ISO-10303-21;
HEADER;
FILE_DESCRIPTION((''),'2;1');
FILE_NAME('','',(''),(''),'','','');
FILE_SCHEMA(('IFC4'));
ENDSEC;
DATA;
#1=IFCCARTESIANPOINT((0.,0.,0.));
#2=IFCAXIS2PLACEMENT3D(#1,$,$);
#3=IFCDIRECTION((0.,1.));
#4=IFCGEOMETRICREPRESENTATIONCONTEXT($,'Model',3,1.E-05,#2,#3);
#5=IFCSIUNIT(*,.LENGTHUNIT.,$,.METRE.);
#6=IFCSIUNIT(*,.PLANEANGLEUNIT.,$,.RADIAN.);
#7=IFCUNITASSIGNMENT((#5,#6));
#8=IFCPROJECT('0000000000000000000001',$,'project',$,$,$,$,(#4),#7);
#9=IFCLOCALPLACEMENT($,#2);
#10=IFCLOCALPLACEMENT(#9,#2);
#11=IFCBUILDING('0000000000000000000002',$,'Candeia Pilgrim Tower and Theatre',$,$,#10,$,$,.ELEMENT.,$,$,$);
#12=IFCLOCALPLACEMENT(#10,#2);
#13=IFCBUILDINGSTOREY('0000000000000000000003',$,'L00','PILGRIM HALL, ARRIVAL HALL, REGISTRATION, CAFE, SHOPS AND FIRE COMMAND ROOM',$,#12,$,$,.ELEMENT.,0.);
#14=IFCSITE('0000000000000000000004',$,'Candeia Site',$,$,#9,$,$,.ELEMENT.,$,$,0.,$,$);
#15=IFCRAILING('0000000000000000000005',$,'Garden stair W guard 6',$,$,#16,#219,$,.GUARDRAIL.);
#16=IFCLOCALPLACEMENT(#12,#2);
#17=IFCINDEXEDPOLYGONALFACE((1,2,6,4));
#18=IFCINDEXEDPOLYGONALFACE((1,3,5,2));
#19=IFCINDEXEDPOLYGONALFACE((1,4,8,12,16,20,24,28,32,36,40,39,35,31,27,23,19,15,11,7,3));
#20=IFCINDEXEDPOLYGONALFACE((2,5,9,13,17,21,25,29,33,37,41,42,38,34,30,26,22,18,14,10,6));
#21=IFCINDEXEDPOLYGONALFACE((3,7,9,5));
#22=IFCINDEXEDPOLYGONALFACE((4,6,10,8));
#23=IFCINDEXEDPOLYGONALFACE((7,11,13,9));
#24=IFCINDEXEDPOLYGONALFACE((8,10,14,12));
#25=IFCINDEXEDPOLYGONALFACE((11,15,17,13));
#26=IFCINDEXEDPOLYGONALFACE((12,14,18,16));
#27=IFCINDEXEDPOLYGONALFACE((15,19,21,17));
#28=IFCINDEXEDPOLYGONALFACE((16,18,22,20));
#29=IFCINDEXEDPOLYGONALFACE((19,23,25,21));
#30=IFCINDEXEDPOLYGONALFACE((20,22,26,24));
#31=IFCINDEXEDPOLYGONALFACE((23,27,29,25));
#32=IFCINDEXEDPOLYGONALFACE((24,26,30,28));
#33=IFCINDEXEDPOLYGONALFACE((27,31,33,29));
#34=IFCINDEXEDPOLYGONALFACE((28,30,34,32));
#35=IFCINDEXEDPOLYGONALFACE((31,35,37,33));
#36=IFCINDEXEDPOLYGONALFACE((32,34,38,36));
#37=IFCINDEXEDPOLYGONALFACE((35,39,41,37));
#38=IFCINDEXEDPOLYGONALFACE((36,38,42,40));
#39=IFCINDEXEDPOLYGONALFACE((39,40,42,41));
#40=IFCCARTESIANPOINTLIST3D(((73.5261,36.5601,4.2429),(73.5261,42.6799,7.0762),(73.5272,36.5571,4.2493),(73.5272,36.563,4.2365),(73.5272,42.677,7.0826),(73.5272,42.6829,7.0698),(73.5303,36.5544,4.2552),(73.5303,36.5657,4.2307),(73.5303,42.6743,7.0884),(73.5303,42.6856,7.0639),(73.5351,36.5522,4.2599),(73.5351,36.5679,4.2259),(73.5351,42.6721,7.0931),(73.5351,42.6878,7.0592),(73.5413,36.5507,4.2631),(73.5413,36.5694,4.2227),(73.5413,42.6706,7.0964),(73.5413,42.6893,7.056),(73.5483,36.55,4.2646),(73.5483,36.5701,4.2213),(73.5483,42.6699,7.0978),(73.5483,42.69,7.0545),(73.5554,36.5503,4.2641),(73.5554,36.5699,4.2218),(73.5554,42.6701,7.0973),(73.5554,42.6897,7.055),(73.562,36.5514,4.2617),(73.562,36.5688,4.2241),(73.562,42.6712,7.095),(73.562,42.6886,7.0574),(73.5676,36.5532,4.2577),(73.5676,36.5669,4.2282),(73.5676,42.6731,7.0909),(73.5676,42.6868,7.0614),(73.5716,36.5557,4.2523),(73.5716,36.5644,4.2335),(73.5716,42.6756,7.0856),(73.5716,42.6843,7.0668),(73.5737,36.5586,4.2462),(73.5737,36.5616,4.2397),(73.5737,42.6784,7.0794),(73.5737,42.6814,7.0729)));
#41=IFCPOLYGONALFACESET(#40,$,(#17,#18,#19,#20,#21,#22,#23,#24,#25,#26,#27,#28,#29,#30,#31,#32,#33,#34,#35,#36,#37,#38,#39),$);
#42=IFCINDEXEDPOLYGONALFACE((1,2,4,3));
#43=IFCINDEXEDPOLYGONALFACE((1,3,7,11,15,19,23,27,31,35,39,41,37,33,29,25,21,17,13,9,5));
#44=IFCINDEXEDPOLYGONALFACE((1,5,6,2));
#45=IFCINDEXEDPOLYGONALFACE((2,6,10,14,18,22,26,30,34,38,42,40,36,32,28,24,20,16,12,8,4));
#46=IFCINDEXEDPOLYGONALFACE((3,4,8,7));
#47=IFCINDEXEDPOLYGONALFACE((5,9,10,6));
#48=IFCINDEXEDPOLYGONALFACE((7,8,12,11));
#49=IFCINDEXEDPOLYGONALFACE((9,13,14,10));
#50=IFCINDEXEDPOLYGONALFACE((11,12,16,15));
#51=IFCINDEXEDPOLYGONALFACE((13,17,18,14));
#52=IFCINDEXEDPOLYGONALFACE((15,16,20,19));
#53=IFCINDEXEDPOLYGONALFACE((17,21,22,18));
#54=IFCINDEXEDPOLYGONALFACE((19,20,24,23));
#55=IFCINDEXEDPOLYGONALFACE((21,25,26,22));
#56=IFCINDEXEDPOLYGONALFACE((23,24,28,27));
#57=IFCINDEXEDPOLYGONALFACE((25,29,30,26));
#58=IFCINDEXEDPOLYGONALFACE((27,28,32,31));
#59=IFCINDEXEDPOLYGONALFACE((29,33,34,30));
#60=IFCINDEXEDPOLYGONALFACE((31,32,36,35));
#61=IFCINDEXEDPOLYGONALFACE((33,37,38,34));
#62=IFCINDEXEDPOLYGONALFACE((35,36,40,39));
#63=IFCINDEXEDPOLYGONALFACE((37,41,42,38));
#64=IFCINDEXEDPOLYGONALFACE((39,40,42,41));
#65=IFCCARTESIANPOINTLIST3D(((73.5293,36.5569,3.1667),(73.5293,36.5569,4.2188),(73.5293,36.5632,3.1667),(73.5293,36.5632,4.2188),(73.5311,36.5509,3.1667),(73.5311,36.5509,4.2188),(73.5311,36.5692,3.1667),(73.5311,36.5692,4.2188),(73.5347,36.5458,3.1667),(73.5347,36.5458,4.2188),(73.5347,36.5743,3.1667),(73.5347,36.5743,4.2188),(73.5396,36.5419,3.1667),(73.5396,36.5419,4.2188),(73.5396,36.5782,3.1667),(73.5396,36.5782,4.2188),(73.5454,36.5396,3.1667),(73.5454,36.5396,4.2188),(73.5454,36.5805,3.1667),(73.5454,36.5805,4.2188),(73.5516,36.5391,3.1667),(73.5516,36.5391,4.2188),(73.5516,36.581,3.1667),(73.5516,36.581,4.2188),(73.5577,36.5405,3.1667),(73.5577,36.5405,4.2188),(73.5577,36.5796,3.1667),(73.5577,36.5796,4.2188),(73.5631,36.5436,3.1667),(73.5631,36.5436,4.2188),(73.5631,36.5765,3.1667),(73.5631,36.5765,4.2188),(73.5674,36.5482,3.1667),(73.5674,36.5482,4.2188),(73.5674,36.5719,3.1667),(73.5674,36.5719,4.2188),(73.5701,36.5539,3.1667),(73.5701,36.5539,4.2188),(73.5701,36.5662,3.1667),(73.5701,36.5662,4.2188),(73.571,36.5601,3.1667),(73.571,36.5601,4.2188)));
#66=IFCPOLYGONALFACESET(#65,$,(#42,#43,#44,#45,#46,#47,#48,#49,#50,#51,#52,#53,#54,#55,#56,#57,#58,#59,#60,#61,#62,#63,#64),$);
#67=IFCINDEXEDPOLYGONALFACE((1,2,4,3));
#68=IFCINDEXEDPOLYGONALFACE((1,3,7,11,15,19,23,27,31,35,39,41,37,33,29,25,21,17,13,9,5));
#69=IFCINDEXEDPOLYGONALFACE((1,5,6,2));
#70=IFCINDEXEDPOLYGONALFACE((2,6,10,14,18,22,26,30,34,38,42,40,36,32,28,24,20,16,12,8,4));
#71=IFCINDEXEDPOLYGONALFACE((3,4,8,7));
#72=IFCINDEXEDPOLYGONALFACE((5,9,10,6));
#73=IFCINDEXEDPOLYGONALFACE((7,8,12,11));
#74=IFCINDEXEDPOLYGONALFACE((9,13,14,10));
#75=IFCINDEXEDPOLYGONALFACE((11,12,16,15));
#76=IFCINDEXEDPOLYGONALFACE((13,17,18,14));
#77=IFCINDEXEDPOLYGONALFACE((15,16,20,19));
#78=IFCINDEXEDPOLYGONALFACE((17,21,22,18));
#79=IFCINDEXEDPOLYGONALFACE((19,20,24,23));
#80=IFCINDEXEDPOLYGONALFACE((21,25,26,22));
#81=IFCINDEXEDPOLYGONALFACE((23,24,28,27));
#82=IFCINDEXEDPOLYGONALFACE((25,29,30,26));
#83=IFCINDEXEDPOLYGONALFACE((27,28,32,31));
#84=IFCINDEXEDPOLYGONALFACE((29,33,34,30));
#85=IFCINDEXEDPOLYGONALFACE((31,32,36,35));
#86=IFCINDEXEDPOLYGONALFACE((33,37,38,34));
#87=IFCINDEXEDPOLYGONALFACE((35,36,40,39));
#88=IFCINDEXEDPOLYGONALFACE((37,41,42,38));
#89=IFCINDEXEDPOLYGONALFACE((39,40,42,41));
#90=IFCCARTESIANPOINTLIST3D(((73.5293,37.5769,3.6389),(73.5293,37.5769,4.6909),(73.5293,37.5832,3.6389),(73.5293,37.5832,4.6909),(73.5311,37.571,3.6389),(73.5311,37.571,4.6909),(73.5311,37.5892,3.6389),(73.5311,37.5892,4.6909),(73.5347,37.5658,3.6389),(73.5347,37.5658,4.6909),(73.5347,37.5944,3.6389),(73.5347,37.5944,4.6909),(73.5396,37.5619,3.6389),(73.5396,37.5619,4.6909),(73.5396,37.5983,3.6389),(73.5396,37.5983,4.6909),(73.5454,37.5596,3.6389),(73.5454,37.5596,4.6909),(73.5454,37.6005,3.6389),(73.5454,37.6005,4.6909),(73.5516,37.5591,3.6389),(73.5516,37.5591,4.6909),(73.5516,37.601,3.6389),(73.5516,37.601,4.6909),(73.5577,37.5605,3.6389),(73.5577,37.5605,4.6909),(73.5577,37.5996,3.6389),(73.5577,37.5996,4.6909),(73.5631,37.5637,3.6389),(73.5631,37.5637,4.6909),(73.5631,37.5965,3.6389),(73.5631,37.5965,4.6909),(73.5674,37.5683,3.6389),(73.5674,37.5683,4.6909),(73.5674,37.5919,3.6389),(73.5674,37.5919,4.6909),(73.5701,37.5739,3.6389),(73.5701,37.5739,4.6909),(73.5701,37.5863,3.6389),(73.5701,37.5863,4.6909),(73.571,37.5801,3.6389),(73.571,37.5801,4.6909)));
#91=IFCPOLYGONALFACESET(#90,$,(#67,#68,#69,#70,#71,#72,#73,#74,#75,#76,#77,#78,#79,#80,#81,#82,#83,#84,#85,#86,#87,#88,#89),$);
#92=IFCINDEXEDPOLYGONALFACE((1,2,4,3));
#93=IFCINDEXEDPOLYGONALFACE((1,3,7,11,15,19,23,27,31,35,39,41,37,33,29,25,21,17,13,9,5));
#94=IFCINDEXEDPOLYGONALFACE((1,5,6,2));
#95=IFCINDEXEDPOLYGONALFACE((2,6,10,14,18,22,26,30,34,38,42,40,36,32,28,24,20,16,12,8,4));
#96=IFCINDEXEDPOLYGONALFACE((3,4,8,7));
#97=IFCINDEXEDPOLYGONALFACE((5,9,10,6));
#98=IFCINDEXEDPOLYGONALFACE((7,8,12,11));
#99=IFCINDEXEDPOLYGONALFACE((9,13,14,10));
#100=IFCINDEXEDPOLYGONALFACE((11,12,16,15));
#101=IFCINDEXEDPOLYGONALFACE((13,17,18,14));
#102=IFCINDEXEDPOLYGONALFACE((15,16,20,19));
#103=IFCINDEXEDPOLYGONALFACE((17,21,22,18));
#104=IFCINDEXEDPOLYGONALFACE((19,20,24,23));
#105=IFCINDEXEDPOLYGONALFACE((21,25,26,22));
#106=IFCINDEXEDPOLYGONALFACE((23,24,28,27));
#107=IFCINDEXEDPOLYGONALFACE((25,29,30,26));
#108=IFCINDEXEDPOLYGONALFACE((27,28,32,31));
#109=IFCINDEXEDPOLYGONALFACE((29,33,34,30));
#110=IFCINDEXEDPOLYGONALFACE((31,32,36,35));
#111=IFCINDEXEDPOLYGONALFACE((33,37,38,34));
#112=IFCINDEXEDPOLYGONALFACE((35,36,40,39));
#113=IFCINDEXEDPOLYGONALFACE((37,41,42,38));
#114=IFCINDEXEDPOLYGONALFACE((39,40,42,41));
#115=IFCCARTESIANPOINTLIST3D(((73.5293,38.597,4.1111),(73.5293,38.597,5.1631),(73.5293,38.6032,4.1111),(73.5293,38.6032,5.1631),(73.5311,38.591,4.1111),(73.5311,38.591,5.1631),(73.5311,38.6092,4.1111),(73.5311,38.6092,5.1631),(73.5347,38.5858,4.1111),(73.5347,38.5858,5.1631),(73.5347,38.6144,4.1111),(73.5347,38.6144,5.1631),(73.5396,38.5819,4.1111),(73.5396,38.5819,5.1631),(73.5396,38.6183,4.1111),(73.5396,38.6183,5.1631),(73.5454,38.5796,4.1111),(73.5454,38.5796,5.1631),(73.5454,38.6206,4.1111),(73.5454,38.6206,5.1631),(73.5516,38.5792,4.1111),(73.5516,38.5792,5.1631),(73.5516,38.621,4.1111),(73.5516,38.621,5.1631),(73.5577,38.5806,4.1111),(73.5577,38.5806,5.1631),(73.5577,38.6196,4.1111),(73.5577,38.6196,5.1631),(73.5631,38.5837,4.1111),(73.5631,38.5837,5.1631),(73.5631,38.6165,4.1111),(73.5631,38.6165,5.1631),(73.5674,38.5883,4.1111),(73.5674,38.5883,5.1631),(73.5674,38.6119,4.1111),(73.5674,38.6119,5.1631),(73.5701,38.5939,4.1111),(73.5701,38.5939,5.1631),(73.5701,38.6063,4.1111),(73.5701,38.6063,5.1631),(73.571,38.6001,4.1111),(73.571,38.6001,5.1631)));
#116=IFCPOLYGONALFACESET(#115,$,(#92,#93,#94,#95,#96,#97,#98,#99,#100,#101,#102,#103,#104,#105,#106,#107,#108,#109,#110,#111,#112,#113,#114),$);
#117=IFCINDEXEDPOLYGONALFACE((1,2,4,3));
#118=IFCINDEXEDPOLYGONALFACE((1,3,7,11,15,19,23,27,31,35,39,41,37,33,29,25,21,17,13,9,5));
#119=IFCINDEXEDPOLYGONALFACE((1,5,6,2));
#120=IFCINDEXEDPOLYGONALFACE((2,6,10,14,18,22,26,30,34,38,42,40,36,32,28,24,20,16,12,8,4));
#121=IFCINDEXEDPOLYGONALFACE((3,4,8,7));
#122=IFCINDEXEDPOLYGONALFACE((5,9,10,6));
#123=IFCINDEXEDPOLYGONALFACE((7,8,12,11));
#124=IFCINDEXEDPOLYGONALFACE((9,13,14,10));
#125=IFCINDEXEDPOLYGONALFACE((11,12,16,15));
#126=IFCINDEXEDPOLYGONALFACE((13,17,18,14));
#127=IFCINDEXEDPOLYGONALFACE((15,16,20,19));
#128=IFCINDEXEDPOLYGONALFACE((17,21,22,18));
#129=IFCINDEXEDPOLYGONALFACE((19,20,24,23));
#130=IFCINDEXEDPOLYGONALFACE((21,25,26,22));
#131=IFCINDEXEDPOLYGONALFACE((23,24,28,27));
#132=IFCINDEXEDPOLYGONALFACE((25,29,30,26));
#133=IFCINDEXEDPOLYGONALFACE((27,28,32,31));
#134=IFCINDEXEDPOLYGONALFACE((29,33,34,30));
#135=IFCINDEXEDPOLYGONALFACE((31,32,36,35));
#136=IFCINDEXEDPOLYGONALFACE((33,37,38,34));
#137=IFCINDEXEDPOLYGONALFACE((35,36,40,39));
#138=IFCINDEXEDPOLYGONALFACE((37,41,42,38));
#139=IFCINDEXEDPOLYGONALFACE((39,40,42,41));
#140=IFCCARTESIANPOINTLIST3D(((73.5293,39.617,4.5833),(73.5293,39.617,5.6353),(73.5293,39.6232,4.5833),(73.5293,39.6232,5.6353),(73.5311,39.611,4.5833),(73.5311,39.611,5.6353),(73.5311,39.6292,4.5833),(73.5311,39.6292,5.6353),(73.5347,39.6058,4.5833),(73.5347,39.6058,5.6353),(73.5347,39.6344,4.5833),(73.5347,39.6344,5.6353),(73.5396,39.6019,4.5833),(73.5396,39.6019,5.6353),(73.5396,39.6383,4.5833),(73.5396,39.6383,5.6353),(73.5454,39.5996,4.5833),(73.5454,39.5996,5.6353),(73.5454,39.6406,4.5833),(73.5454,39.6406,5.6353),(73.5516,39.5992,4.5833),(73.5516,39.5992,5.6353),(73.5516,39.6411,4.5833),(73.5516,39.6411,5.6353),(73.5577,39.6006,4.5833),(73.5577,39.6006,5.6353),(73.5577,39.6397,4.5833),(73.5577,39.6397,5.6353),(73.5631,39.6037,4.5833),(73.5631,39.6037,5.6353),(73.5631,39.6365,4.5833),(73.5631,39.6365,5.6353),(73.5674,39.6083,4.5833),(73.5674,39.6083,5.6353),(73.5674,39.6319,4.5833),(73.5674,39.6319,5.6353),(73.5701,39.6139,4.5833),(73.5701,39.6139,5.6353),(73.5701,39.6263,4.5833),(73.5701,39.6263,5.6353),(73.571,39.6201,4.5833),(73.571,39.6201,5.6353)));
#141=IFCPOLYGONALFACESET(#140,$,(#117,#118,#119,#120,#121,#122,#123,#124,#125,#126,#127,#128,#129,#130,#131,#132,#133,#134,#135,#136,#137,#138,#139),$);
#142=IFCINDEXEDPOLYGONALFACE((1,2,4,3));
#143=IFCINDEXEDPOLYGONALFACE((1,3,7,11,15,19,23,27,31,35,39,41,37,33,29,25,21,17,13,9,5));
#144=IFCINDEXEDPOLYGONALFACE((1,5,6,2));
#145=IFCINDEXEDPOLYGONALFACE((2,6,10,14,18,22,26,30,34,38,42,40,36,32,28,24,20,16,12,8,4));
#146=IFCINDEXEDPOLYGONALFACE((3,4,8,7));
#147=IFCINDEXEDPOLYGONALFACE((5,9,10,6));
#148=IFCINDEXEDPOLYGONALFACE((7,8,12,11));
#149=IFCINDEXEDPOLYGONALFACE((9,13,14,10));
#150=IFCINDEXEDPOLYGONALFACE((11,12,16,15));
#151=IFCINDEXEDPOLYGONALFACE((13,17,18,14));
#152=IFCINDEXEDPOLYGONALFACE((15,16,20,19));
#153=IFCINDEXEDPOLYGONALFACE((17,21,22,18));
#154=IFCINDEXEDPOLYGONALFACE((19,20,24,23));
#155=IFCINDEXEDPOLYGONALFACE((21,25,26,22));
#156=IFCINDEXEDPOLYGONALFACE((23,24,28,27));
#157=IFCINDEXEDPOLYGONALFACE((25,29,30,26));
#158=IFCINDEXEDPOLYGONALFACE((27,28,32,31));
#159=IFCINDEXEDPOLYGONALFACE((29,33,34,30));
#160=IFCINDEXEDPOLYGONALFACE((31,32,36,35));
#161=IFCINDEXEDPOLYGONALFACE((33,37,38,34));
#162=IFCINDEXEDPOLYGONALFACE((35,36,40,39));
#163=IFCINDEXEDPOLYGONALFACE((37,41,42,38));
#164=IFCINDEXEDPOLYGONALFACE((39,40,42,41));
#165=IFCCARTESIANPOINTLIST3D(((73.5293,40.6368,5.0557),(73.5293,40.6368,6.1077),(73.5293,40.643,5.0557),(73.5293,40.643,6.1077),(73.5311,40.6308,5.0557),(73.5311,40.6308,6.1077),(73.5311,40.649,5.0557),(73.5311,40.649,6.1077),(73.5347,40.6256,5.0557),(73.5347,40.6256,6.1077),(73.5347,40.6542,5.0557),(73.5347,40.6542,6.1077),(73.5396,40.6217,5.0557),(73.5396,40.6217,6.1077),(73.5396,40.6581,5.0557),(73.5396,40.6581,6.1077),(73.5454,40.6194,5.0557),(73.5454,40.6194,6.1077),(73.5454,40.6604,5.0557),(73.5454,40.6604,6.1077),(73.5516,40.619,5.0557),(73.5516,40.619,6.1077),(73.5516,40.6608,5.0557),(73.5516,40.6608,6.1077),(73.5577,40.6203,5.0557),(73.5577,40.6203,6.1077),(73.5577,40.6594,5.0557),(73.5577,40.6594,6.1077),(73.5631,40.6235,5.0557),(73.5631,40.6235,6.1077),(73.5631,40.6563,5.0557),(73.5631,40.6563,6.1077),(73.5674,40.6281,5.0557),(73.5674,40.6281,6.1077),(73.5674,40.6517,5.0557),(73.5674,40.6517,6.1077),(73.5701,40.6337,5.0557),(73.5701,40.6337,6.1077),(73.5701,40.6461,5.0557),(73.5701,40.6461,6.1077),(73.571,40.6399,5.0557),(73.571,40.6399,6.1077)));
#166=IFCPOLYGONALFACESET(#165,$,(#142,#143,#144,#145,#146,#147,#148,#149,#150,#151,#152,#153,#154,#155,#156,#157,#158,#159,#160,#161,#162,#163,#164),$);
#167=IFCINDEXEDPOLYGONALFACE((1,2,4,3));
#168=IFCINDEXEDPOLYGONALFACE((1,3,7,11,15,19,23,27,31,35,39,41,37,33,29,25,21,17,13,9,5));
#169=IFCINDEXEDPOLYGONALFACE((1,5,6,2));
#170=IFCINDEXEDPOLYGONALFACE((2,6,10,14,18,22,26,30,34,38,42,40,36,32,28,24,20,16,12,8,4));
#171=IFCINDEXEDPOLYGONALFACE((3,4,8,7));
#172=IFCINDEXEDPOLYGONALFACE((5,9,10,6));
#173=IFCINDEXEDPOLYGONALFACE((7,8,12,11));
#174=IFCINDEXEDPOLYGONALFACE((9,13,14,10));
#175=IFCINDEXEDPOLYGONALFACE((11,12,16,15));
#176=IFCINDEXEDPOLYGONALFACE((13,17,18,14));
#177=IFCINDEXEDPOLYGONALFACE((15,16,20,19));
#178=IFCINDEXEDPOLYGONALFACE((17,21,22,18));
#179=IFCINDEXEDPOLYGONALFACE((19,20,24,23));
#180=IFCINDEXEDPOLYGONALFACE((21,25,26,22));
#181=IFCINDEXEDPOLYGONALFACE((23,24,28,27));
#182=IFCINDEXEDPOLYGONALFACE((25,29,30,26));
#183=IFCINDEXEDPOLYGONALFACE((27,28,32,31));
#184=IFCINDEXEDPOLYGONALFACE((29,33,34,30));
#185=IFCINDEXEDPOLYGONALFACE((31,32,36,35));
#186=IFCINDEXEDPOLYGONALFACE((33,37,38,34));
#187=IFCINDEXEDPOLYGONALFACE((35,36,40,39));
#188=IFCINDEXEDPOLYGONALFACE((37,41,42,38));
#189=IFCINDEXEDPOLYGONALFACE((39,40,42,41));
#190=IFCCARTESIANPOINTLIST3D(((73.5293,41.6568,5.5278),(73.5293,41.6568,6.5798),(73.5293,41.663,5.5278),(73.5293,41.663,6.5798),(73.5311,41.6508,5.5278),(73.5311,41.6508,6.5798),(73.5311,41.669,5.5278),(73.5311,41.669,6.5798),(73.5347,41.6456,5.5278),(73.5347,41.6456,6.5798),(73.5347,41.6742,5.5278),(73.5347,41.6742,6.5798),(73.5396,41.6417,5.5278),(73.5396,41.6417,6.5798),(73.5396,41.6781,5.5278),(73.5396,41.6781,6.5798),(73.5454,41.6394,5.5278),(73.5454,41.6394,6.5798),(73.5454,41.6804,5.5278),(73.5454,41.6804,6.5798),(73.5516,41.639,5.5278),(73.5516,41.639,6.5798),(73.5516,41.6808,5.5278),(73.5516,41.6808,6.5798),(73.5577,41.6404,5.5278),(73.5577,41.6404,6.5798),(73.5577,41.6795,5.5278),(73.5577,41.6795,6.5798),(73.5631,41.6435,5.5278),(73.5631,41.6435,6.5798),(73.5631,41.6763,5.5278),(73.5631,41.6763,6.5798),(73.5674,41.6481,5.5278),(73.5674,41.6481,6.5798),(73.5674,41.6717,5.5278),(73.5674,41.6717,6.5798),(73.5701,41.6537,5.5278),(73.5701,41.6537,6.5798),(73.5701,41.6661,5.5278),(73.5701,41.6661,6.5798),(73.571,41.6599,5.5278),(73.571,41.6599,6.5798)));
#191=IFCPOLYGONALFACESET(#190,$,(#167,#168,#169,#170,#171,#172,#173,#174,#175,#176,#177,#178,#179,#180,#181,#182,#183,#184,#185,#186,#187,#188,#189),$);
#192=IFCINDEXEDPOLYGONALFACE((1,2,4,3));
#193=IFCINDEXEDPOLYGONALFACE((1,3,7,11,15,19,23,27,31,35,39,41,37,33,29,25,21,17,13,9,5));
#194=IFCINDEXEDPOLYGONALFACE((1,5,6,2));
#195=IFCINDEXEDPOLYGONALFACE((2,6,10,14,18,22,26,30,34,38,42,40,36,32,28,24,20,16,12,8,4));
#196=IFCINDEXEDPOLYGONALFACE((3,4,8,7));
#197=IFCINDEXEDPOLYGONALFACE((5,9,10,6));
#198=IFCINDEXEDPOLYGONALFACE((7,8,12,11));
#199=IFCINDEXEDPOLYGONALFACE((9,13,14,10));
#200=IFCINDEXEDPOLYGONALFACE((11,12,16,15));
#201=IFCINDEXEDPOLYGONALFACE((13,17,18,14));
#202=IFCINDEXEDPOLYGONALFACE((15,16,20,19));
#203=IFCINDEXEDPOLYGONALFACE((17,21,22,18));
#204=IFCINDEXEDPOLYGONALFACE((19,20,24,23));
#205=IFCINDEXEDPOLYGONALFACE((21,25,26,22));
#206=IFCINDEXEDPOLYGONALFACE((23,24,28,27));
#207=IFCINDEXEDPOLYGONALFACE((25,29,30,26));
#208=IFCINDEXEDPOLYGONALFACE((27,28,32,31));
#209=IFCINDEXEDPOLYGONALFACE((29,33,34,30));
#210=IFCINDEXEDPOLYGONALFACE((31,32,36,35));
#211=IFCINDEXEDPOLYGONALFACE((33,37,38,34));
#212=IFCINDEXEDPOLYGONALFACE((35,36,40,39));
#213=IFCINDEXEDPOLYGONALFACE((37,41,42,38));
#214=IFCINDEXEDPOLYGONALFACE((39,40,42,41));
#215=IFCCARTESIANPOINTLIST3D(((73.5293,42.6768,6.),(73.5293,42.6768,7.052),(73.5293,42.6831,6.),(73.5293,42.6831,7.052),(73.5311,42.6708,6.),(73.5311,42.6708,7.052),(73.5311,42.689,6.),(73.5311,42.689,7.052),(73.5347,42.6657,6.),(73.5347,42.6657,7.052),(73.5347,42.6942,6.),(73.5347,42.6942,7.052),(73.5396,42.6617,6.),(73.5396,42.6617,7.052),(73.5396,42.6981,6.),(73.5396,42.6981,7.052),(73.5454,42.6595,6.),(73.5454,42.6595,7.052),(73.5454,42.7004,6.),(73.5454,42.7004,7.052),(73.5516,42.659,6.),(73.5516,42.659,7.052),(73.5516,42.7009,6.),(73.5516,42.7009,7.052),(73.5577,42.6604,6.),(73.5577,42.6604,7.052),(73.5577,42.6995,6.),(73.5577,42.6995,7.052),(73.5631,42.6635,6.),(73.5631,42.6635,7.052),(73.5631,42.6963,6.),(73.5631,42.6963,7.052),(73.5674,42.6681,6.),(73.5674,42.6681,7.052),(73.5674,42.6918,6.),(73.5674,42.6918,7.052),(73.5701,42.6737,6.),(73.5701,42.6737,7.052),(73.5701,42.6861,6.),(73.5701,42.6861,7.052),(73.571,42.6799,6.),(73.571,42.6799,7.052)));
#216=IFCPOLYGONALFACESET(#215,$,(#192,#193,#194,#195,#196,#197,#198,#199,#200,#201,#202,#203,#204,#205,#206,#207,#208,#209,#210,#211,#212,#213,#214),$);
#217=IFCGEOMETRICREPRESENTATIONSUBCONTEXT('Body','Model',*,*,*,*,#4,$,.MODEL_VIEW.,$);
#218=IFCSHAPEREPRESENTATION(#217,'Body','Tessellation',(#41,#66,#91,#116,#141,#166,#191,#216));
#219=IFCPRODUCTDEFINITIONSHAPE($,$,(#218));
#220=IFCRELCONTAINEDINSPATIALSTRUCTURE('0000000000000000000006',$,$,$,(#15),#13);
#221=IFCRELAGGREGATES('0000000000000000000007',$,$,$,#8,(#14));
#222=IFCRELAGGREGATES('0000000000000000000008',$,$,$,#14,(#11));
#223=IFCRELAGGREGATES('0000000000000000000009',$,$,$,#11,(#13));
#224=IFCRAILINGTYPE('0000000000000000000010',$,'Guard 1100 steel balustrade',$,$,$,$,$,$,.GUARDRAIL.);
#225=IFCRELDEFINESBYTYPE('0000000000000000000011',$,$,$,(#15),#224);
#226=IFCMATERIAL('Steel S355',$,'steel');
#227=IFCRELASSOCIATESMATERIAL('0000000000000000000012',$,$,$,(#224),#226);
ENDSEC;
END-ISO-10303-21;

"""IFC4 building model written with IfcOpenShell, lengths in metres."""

from ifc_helpers import new_model, si_unit, direction, frame, origin, origin_2d, place, context, subcontext, project, spatial, circle, extrude, material, type_object, element, save


model = new_model("IFC4")

# Units and contexts
model_context = context("Model", 3, precision=1e-05, world=origin(), true_north=direction((0.0, 1.0)))
body_context = subcontext(model_context, "Body", "Model", "MODEL_VIEW")
ifc_project = project(units=[si_unit("LENGTHUNIT", "METRE"), si_unit("PLANEANGLEUNIT", "RADIAN")], contexts=[model_context])

# Site, building, storey
site_placement = place(None, origin())
site = spatial("IfcSite", under=ifc_project, at=site_placement, Name="Candeia Site", CompositionType="ELEMENT", RefElevation=0.0)
building_placement = place(site_placement, origin())
building = spatial("IfcBuilding", under=site, at=building_placement, Name="Candeia Pilgrim Tower and Theatre", CompositionType="ELEMENT")
storey_placement = place(building_placement, origin())
storey = spatial("IfcBuildingStorey", under=building, at=storey_placement, Name="L00", Description="PILGRIM HALL, ARRIVAL HALL, REGISTRATION, CAFE, SHOPS AND FIRE COMMAND ROOM", CompositionType="ELEMENT", Elevation=0.0)

# Railing
ifc_material_1 = material(Name="Steel S355", Category="steel")
railing_type_1 = type_object("IfcRailingType", Name="Guard 1100 steel balustrade", PredefinedType="GUARDRAIL", material=ifc_material_1)
railing_1_placement = place(storey_placement, frame((73.55, 36.5601, 3.1667)))
element("IfcRailing", 1, at=railing_1_placement, inside=storey, type_object=railing_type_1, Name="Garden stair W guard 6", PredefinedType="GUARDRAIL", context=body_context, shape_type="SweptSolid", body=[
    extrude(circle(Radius=0.0239, at=origin_2d()), frame((0.0, 0.0, 1.0762), z_axis=(0.0, 0.907468, 0.420121), x_axis=(-1.0, 0.0, 0.0)), (0.0, 0.0, 1.0), 6.7439),
    extrude(circle(Radius=0.021, at=origin_2d()), origin(), (0.0, 0.0, 1.0), 1.052),
    extrude(circle(Radius=0.021, at=origin_2d()), frame((0.0, 1.02, 0.4722)), (0.0, 0.0, 1.0), 1.052),
    extrude(circle(Radius=0.021, at=origin_2d()), frame((0.0, 2.04, 0.9443)), (0.0, 0.0, 1.0), 1.052),
    extrude(circle(Radius=0.021, at=origin_2d()), frame((0.0, 3.0601, 1.4165)), (0.0, 0.0, 1.0), 1.052),
    extrude(circle(Radius=0.021, at=origin_2d()), frame((0.0, 4.0798, 1.8889)), (0.0, 0.0, 1.0), 1.052),
    extrude(circle(Radius=0.021, at=origin_2d()), frame((0.0, 5.0999, 2.3611)), (0.0, 0.0, 1.0), 1.052),
    extrude(circle(Radius=0.021, at=origin_2d()), frame((0.0, 6.1199, 2.8333)), (0.0, 0.0, 1.0), 1.052),
])

save(model, "model.ifc")
